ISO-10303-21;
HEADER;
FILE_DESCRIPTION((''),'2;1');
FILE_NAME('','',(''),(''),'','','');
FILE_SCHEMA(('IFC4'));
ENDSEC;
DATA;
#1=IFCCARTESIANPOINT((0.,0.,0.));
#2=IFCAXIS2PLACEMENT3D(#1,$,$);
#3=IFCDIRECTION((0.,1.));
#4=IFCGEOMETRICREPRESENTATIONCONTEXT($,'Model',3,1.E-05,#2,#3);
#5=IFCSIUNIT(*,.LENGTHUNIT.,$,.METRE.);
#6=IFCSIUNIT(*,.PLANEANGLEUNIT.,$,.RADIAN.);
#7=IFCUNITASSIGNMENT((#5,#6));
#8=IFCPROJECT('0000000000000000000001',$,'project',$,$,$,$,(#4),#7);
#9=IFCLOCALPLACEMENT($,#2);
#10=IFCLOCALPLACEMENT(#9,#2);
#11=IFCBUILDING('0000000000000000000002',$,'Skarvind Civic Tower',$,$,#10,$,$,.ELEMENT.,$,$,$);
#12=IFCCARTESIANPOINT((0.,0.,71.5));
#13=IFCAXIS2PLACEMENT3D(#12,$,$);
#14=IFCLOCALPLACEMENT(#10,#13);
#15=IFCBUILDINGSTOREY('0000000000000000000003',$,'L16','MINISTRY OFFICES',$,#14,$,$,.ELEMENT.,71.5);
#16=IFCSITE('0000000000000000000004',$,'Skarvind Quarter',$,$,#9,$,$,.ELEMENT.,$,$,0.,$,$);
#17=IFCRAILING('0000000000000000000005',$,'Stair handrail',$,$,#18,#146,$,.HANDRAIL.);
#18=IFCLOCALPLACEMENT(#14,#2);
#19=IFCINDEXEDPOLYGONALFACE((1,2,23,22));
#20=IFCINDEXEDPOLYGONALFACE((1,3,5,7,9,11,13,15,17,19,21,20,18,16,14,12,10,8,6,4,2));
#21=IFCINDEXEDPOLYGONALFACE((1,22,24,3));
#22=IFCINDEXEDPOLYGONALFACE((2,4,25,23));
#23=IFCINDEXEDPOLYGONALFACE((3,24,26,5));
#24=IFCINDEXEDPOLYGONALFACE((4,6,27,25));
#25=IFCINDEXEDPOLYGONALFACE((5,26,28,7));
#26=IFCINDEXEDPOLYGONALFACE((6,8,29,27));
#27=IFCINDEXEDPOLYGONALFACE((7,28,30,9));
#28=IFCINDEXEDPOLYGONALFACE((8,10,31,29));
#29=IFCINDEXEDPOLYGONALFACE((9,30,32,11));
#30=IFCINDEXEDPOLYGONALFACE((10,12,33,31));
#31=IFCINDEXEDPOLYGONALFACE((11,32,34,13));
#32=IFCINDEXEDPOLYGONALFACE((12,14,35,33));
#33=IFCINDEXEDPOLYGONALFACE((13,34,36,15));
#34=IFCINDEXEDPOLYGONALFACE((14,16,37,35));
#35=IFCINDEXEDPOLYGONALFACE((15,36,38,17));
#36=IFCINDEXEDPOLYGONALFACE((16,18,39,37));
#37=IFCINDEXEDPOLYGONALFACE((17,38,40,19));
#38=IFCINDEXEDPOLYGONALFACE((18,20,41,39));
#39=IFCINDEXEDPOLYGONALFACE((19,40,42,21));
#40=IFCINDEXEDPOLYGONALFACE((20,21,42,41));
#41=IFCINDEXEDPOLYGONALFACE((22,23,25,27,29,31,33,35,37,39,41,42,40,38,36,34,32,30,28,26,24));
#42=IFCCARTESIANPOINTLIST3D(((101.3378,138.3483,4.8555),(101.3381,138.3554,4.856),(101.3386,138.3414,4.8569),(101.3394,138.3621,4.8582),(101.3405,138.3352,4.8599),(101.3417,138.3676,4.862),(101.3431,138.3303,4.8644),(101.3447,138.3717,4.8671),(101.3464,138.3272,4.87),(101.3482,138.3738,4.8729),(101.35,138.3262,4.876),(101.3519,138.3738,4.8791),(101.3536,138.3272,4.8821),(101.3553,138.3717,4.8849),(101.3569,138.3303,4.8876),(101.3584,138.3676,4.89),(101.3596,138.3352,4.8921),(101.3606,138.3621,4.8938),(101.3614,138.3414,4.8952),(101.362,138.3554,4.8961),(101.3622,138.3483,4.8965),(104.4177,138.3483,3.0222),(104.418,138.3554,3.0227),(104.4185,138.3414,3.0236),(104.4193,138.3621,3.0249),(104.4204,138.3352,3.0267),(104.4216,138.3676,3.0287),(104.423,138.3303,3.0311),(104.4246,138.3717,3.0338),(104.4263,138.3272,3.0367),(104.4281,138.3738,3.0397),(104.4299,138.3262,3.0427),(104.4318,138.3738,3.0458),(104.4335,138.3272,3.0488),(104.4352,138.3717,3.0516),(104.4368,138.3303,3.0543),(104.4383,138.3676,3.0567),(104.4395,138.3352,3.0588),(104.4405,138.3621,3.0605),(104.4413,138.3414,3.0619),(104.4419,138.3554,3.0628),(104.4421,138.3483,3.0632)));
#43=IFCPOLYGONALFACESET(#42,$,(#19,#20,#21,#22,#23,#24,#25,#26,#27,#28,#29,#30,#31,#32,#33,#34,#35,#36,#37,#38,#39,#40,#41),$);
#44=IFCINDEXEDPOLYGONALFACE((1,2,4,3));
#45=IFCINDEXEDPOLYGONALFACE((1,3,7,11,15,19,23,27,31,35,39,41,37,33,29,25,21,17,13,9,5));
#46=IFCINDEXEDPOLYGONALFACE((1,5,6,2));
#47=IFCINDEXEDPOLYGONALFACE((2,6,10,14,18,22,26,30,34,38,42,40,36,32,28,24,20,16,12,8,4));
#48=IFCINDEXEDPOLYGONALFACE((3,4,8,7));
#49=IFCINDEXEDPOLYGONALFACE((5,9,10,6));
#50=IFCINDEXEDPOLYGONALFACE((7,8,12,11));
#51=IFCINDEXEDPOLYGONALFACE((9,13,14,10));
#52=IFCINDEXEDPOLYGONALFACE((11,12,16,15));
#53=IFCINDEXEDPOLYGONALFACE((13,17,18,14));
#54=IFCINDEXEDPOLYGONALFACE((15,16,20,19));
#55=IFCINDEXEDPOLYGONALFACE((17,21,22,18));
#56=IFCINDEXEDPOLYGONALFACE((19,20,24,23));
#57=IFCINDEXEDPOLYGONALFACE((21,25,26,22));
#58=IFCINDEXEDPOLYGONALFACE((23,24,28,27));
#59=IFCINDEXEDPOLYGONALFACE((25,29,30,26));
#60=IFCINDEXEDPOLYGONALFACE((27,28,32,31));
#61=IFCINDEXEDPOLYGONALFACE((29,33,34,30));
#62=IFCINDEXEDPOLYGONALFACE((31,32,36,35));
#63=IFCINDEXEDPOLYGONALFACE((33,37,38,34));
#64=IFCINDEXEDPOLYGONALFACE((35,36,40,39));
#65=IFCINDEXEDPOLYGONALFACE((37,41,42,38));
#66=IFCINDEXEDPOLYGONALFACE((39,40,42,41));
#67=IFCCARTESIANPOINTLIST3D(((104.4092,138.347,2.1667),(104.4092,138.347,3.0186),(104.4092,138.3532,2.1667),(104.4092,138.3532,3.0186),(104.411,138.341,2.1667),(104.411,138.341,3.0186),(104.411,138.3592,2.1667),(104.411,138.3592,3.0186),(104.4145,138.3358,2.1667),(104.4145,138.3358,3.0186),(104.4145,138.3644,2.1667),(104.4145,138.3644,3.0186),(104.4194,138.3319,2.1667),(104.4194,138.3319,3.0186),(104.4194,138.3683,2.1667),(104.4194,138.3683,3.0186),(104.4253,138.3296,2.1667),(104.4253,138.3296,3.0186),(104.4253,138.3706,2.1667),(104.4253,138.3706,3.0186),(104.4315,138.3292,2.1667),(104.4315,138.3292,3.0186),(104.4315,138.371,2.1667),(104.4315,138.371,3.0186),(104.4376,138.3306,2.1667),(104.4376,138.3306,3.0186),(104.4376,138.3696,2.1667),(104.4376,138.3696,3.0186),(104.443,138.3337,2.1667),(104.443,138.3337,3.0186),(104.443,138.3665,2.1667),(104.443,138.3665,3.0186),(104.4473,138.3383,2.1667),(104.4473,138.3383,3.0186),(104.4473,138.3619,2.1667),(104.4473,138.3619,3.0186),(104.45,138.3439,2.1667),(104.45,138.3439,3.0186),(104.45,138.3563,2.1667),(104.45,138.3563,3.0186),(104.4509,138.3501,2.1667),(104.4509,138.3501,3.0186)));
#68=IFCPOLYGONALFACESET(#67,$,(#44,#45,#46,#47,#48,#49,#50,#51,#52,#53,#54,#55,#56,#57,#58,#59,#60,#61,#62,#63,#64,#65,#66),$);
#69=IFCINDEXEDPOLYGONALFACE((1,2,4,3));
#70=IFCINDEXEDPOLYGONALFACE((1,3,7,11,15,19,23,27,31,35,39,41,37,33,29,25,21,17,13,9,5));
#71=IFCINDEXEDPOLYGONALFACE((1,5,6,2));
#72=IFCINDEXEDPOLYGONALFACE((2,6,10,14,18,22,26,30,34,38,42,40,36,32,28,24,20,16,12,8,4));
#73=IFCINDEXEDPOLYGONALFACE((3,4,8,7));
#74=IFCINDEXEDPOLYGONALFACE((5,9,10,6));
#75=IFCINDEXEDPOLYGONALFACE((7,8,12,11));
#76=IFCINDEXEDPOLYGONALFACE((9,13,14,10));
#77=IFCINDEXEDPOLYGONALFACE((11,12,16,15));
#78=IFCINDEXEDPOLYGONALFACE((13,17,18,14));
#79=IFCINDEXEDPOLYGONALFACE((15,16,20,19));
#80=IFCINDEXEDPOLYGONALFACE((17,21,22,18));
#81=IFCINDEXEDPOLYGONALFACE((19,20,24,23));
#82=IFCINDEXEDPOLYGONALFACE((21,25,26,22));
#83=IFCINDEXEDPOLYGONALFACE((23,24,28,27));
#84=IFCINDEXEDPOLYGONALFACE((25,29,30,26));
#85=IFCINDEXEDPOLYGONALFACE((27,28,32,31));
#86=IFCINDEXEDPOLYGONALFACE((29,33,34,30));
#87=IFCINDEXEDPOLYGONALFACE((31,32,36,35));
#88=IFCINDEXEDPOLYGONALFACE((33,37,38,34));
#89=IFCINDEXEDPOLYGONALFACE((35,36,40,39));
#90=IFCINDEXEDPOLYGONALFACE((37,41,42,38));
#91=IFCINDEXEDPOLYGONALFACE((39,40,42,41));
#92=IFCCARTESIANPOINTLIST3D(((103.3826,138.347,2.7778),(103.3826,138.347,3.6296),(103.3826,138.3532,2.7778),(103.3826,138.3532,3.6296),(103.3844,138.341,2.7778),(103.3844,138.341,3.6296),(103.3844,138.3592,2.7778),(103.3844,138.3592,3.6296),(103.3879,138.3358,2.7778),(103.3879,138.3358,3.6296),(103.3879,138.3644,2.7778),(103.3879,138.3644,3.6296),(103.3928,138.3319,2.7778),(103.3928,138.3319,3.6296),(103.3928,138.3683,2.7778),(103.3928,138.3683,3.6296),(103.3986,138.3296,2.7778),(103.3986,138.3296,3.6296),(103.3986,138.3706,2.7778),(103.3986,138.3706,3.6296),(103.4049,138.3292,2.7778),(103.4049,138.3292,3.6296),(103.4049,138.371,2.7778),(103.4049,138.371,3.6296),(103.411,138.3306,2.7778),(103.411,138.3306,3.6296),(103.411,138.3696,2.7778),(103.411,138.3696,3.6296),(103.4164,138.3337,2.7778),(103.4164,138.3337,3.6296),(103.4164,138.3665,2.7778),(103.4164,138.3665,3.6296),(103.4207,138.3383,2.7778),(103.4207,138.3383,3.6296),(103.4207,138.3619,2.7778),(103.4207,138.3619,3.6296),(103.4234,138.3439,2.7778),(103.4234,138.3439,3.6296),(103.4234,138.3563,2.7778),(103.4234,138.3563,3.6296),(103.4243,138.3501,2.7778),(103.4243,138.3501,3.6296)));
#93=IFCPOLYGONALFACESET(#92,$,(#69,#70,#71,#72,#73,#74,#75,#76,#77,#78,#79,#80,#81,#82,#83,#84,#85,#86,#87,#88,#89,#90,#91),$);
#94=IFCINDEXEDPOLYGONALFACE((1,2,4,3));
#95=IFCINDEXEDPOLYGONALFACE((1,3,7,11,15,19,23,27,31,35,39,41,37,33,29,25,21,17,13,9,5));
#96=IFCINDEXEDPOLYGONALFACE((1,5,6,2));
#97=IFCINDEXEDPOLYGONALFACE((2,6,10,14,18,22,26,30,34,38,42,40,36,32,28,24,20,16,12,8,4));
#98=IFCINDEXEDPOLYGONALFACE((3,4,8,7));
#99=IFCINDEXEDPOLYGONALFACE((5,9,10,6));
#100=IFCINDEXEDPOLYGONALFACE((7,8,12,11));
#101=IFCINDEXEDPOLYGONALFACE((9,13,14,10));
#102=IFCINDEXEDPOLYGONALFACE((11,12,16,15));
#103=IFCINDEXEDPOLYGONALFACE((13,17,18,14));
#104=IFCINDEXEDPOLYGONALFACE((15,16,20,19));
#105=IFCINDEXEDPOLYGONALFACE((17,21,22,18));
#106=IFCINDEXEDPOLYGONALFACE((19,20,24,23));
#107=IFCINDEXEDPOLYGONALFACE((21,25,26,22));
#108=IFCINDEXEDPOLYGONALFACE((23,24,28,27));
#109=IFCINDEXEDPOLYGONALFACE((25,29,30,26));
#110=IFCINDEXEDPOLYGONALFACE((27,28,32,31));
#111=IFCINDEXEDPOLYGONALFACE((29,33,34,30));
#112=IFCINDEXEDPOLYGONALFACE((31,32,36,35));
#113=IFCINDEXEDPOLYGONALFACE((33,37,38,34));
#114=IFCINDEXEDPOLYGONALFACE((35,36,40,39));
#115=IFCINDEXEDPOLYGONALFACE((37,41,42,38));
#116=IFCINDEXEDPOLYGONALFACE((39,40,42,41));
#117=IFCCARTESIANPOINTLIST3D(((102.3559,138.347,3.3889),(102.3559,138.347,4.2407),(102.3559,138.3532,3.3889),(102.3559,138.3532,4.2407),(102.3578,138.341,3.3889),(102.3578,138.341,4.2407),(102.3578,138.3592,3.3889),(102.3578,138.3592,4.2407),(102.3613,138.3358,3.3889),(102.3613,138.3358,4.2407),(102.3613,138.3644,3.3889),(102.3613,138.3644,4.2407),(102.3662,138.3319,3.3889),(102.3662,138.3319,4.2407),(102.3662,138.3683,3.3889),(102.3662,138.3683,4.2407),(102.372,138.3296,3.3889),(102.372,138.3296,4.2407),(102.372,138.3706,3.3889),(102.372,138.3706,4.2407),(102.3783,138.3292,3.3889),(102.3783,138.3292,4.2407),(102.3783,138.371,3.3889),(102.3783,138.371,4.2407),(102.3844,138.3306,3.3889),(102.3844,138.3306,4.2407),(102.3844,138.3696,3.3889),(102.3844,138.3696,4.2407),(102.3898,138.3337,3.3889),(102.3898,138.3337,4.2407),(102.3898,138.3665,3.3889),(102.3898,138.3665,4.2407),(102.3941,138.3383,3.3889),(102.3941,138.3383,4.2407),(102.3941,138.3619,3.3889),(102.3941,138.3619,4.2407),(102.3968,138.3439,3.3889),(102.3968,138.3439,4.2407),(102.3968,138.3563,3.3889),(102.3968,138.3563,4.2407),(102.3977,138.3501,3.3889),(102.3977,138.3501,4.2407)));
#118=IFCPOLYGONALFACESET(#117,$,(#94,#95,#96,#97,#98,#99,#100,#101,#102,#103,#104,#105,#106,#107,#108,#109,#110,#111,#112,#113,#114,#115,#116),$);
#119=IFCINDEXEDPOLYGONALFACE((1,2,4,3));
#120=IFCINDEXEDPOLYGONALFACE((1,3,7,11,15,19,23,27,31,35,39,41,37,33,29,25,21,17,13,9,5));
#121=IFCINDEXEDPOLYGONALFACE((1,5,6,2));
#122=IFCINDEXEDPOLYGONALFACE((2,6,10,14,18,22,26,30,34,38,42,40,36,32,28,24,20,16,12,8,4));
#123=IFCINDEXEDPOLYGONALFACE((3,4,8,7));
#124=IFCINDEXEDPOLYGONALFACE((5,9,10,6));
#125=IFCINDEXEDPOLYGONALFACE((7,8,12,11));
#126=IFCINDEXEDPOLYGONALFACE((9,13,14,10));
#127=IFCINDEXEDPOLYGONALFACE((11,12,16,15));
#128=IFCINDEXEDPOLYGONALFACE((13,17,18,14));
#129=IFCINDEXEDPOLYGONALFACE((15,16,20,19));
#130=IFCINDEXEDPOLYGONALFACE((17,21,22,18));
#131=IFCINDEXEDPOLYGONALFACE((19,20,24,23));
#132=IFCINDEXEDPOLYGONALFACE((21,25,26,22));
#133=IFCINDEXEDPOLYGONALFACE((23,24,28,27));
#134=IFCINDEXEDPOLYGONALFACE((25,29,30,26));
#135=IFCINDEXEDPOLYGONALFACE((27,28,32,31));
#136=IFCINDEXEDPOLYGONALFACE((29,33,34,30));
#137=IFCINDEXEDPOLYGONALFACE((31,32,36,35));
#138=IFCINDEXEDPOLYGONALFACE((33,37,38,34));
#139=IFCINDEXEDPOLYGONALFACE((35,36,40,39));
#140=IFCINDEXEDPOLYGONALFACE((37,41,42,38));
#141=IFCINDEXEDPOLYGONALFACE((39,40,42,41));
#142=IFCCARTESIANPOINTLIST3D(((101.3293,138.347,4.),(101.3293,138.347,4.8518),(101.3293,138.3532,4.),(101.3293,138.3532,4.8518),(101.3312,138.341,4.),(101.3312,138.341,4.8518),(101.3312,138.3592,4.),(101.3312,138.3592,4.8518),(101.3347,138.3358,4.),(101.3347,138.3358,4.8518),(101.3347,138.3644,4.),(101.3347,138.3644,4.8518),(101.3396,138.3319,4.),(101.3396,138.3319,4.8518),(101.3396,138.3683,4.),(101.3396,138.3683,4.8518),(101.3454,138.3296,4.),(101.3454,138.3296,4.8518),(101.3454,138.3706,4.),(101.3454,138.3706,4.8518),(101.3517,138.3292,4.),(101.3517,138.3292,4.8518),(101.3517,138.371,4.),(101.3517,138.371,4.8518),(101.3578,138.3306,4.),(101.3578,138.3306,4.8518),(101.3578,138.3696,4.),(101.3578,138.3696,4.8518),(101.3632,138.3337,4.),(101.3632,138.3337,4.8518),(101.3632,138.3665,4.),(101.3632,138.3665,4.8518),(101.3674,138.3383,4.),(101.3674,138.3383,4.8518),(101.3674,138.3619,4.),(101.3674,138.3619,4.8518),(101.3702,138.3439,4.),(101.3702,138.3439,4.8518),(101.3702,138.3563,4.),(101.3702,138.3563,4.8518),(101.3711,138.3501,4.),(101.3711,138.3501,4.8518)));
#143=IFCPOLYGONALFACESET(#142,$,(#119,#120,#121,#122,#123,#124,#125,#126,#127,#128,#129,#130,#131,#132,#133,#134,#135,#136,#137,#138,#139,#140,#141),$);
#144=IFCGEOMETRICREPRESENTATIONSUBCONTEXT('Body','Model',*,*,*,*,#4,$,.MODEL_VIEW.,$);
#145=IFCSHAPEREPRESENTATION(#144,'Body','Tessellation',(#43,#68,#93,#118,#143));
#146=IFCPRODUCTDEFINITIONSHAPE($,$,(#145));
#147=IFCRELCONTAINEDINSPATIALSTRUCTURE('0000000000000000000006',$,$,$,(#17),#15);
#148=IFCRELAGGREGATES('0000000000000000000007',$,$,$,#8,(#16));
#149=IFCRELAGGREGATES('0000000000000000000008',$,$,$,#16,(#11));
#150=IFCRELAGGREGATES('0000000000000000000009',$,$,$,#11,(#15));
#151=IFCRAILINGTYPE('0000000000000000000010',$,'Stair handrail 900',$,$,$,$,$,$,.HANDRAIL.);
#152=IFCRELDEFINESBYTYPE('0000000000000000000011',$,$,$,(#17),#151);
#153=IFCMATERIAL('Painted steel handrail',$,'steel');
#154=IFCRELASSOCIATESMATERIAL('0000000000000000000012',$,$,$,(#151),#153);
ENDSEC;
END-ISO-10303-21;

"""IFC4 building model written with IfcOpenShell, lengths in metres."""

from ifc_helpers import new_model, si_unit, direction, frame, origin, origin_2d, place, context, subcontext, project, spatial, circle, extrude, material, type_object, element, save


model = new_model("IFC4")

# Units and contexts
model_context = context("Model", 3, precision=1e-05, world=origin(), true_north=direction((0.0, 1.0)))
body_context = subcontext(model_context, "Body", "Model", "MODEL_VIEW")
ifc_project = project(units=[si_unit("LENGTHUNIT", "METRE"), si_unit("PLANEANGLEUNIT", "RADIAN")], contexts=[model_context])

# Site, building, storey
site_placement = place(None, origin())
site = spatial("IfcSite", under=ifc_project, at=site_placement, Name="Skarvind Quarter", CompositionType="ELEMENT", RefElevation=0.0)
building_placement = place(site_placement, origin())
building = spatial("IfcBuilding", under=site, at=building_placement, Name="Skarvind Civic Tower", CompositionType="ELEMENT")
storey_placement = place(building_placement, frame((0.0, 0.0, 71.5)))
storey = spatial("IfcBuildingStorey", under=building, at=storey_placement, Name="L16", Description="MINISTRY OFFICES", CompositionType="ELEMENT", Elevation=71.5)

# Railing
ifc_material_1 = material(Name="Painted steel handrail", Category="steel")
railing_type = type_object("IfcRailingType", Name="Stair handrail 900", PredefinedType="HANDRAIL", material=ifc_material_1)
railing_1_placement = place(storey_placement, frame((104.4299, 138.3501, 2.1667)))
element("IfcRailing", 1, at=railing_1_placement, inside=storey, type_object=railing_type, Name="Stair handrail", PredefinedType="HANDRAIL", context=body_context, shape_type="SweptSolid", body=[
    extrude(circle(Radius=0.0239, at=origin_2d()), frame((0.0, 0.0, 0.876), z_axis=(-0.859291, 0.0, 0.511487), x_axis=(0.0, -1.0, 0.0)), (0.0, 0.0, 1.0), 3.5842),
    extrude(circle(Radius=0.021, at=origin_2d()), origin(), (0.0, 0.0, 1.0), 0.8518),
    extrude(circle(Radius=0.021, at=origin_2d()), frame((-1.0266, 0.0, 0.6111)), (0.0, 0.0, 1.0), 0.8518),
    extrude(circle(Radius=0.021, at=origin_2d()), frame((-2.0532, 0.0, 1.2222)), (0.0, 0.0, 1.0), 0.8518),
    extrude(circle(Radius=0.021, at=origin_2d()), frame((-3.0798, 0.0, 1.8333)), (0.0, 0.0, 1.0), 0.8518),
])

save(model, "model.ifc")
